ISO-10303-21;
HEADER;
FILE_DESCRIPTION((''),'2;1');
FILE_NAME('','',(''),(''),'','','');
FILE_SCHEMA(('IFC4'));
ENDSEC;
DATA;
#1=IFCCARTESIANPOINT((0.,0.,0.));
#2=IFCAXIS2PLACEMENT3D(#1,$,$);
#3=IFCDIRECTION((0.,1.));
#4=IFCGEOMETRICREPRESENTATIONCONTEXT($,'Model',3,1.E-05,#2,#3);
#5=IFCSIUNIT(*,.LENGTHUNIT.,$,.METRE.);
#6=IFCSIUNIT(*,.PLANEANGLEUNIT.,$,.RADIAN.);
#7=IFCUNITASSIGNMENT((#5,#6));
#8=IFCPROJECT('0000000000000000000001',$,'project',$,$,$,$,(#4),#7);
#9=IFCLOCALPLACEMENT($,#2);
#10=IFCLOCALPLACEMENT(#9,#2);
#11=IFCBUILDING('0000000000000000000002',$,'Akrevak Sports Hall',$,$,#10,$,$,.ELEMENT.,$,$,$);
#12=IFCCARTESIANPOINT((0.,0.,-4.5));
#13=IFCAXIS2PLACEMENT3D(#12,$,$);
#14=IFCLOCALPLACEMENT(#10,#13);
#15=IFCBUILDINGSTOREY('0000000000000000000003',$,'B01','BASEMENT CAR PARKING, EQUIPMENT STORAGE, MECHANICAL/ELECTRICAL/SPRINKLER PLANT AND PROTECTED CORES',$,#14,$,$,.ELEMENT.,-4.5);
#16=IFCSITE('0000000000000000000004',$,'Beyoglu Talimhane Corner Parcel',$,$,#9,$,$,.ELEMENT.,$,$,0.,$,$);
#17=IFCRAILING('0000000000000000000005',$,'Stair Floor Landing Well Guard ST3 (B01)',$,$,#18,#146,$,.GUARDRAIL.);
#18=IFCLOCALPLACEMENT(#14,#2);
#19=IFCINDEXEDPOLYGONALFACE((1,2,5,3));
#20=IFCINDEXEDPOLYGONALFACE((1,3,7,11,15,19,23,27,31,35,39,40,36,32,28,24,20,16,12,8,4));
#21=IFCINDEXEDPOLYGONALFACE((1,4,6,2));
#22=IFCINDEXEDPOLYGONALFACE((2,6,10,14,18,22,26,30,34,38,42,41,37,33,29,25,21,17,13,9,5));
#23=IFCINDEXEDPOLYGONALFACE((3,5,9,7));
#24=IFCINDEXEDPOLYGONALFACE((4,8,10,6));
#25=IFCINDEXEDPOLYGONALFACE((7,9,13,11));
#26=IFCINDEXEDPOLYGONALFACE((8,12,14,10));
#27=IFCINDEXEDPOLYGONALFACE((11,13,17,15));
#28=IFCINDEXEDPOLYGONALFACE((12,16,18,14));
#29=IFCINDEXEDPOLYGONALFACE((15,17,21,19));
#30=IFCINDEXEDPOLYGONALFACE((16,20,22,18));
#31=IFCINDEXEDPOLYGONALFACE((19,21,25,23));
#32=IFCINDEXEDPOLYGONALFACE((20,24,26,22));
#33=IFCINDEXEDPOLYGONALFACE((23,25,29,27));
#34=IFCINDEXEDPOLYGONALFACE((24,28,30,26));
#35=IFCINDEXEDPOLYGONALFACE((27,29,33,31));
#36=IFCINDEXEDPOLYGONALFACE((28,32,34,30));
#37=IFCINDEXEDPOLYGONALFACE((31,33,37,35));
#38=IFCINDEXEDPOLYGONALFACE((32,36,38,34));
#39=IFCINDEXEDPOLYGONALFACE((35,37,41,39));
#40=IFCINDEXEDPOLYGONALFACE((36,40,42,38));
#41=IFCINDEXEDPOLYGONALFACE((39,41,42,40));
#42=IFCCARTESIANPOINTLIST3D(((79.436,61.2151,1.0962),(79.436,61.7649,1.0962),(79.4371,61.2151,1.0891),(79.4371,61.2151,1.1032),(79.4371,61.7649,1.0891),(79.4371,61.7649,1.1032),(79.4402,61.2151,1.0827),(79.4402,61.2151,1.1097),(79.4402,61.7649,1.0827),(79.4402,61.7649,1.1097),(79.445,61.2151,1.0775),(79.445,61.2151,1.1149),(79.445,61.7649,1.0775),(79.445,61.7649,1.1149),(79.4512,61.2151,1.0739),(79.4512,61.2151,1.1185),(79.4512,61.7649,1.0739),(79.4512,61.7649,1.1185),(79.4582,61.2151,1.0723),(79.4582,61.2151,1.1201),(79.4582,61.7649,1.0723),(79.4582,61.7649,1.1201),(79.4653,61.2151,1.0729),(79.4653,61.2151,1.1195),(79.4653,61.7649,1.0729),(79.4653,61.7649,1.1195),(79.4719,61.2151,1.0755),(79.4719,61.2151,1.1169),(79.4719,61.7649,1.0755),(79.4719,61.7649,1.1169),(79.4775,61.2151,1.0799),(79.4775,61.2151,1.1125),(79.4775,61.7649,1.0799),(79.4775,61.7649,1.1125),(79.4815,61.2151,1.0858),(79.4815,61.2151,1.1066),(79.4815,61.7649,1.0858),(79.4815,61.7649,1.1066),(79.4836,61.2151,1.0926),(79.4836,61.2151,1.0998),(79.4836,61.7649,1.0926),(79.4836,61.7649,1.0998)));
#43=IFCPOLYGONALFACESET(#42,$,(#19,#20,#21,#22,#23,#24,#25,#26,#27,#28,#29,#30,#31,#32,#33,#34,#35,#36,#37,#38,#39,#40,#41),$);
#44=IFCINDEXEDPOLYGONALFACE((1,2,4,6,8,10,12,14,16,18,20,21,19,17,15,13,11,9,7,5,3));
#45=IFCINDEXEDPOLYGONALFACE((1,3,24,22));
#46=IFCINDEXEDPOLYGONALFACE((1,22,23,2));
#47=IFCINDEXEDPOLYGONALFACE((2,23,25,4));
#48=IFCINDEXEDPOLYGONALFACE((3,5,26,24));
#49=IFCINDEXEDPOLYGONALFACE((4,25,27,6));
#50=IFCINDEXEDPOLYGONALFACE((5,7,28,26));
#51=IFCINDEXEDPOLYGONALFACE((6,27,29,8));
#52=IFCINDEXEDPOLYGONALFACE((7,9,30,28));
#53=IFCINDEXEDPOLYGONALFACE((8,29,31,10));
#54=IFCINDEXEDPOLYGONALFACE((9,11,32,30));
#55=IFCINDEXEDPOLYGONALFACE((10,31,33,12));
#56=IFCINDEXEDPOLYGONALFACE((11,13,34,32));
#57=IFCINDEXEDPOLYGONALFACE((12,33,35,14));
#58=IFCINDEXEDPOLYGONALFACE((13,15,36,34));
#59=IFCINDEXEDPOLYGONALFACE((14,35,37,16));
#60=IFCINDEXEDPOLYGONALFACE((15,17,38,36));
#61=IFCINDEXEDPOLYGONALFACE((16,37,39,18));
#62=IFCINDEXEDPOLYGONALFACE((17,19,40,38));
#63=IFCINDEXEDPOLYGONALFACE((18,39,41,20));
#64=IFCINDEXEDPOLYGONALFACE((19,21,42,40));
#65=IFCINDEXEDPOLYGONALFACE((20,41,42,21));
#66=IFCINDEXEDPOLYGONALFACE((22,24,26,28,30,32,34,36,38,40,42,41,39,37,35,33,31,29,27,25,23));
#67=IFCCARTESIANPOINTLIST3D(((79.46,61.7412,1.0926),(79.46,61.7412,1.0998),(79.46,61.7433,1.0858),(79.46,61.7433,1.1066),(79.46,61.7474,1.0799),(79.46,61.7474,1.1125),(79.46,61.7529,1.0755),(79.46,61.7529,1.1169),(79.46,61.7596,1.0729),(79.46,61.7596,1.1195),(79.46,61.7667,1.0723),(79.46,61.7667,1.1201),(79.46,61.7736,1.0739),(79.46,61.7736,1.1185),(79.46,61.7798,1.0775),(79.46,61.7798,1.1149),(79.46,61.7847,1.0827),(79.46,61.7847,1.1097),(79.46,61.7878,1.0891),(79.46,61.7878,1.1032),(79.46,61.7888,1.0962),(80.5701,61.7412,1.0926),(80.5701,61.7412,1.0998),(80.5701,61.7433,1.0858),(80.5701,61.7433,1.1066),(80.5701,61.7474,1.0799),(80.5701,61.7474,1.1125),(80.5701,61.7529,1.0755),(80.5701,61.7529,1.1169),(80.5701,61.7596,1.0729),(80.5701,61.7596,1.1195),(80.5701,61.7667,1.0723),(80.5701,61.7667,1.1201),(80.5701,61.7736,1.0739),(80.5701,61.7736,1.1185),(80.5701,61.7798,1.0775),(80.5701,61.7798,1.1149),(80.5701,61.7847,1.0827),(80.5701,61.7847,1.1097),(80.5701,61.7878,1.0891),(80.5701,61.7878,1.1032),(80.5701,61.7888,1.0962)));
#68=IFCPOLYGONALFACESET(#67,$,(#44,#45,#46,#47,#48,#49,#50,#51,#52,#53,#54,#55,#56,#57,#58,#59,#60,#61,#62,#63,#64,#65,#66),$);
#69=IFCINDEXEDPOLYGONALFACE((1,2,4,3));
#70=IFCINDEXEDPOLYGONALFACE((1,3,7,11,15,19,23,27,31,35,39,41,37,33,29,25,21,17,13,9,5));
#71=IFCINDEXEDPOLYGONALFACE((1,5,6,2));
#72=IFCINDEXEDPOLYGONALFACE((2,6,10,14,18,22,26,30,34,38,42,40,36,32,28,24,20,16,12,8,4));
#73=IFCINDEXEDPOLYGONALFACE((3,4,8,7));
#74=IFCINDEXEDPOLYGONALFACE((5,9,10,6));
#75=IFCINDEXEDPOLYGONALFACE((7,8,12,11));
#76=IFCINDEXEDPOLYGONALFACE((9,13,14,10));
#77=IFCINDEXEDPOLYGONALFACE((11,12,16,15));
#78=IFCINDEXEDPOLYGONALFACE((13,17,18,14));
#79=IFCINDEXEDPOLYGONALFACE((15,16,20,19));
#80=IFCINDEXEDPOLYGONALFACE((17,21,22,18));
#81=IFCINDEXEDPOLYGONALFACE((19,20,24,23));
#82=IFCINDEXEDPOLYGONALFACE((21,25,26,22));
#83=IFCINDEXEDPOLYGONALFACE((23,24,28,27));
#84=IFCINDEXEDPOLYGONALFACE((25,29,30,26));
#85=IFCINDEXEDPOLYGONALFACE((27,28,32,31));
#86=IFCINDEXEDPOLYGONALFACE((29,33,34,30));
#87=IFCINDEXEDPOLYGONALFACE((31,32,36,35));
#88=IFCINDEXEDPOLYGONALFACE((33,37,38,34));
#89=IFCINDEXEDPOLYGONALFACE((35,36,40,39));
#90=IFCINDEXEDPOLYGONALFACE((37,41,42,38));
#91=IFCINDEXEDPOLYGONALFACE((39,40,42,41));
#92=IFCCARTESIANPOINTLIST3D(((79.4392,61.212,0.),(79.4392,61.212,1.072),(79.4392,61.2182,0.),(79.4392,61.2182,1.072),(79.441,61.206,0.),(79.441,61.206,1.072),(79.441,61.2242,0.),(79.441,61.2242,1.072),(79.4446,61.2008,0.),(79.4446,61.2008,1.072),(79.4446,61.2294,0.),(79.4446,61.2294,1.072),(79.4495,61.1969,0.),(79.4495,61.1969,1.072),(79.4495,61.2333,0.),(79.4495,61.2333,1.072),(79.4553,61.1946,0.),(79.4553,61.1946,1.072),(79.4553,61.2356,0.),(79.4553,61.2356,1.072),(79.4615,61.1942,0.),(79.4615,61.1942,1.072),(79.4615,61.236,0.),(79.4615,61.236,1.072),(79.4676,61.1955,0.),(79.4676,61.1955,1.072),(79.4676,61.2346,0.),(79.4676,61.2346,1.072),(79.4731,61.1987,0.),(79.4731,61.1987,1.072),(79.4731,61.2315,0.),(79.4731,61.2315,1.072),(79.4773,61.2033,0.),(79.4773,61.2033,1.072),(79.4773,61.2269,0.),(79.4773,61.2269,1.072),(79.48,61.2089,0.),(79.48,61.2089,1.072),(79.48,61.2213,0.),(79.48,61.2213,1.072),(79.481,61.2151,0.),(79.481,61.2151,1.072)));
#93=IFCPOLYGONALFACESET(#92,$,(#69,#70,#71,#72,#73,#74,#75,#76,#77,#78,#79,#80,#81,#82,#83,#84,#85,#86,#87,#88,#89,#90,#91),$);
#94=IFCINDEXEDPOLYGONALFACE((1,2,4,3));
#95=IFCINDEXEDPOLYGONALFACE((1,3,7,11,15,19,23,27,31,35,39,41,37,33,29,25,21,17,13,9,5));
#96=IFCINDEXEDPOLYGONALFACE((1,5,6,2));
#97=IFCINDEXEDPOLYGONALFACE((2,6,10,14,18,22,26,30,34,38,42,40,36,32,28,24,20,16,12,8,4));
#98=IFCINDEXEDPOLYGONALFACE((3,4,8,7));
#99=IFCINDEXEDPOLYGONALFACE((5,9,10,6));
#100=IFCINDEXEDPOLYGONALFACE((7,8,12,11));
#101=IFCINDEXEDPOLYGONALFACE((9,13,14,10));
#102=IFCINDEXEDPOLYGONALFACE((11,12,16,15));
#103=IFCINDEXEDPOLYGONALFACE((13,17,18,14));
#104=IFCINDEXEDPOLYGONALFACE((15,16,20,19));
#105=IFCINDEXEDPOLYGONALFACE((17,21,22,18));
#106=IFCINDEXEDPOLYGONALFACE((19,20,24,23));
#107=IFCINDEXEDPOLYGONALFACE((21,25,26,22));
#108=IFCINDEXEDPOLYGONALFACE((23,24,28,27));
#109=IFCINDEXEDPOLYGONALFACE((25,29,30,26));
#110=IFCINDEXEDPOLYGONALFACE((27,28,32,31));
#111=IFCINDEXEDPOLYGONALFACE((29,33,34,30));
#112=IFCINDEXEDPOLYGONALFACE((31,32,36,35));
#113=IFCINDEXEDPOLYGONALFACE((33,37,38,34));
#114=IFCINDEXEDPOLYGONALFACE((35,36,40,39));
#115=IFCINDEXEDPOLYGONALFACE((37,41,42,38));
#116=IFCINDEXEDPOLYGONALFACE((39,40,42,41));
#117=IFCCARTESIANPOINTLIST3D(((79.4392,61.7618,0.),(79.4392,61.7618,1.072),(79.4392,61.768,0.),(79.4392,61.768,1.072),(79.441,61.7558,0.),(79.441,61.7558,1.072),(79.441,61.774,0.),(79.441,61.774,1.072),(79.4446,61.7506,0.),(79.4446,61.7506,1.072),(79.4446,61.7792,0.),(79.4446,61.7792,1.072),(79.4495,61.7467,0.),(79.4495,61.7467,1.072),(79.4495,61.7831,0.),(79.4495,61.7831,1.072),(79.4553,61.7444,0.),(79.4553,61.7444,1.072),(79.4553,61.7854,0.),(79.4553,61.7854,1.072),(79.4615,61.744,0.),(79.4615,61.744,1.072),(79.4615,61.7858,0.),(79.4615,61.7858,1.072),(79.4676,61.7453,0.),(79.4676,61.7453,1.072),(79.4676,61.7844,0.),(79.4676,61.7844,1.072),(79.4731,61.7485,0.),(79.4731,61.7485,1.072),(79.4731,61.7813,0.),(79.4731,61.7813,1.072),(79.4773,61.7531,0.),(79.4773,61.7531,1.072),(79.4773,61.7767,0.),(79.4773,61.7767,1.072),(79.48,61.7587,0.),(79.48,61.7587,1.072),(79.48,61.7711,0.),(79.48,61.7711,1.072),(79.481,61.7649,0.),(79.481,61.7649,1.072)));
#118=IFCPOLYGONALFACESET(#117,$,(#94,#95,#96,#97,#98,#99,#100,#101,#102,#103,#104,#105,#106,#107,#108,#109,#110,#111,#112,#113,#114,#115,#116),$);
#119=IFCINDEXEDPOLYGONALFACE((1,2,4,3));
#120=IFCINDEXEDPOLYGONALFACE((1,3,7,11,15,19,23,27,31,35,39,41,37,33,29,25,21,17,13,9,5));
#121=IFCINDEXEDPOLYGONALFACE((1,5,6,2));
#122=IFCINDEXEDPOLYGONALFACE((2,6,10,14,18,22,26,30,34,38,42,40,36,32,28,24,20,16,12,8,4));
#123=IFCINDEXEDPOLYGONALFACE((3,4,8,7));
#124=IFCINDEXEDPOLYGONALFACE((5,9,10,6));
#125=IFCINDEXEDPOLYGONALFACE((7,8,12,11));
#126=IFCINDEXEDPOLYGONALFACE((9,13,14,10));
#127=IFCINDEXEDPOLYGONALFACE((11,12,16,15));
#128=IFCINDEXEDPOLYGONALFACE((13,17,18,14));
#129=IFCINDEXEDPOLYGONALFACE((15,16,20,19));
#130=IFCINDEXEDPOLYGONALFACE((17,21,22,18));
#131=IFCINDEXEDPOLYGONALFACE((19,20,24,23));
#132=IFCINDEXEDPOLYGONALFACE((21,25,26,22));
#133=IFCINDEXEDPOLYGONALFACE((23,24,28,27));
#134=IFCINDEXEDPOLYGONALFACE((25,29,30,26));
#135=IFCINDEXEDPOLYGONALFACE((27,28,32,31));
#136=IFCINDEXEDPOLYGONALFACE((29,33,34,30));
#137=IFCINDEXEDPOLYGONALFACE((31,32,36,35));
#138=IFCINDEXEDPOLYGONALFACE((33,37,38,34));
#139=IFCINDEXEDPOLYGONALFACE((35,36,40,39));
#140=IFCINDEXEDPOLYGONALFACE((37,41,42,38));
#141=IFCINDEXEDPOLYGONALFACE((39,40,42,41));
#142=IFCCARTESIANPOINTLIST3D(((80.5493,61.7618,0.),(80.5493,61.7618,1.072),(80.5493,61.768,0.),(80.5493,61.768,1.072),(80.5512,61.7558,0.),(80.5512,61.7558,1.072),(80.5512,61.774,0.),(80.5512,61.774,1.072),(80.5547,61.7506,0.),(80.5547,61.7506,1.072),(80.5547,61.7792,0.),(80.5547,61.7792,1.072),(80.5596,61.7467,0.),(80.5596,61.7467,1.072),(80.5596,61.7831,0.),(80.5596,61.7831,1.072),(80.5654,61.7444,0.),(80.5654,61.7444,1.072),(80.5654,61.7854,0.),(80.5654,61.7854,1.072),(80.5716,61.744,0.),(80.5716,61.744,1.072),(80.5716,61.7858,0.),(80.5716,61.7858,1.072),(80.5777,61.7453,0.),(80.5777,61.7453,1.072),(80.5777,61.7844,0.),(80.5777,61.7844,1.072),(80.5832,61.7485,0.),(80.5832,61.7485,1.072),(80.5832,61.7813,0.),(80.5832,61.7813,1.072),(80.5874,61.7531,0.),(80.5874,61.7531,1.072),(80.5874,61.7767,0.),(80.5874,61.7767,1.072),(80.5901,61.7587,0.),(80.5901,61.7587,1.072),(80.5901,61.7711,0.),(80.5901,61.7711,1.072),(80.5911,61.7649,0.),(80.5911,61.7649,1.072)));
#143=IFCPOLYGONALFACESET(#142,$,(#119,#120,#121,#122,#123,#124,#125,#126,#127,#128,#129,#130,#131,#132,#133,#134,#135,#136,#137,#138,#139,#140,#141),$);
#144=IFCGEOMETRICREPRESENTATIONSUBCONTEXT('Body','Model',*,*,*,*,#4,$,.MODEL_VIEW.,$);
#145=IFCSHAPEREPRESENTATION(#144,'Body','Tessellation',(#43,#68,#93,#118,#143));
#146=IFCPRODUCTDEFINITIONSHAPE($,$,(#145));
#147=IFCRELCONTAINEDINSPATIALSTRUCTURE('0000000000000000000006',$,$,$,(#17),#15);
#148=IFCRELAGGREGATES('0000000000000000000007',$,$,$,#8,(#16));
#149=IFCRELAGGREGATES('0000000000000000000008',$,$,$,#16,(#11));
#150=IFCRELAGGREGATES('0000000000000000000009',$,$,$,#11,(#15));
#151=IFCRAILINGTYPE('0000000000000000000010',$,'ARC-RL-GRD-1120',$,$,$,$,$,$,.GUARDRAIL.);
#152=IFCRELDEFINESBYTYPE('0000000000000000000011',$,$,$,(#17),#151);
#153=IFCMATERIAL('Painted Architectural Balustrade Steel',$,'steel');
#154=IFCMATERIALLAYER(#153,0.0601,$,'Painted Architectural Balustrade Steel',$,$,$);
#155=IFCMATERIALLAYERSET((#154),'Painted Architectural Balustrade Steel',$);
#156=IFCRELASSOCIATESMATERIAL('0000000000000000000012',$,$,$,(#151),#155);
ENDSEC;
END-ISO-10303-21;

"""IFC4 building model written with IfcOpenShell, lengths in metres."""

from ifc_helpers import new_model, si_unit, direction, frame, origin, origin_2d, place, context, subcontext, project, spatial, circle, extrude, material, layer, layer_set, type_object, element, save


model = new_model("IFC4")

# Units and contexts
model_context = context("Model", 3, precision=1e-05, world=origin(), true_north=direction((0.0, 1.0)))
body_context = subcontext(model_context, "Body", "Model", "MODEL_VIEW")
ifc_project = project(units=[si_unit("LENGTHUNIT", "METRE"), si_unit("PLANEANGLEUNIT", "RADIAN")], contexts=[model_context])

# Site, building, storey
site_placement = place(None, origin())
site = spatial("IfcSite", under=ifc_project, at=site_placement, Name="Beyoglu Talimhane Corner Parcel", CompositionType="ELEMENT", RefElevation=0.0)
building_placement = place(site_placement, origin())
building = spatial("IfcBuilding", under=site, at=building_placement, Name="Akrevak Sports Hall", CompositionType="ELEMENT")
storey_placement = place(building_placement, frame((0.0, 0.0, -4.5)))
storey = spatial("IfcBuildingStorey", under=building, at=storey_placement, Name="B01", Description="BASEMENT CAR PARKING, EQUIPMENT STORAGE, MECHANICAL/ELECTRICAL/SPRINKLER PLANT AND PROTECTED CORES", CompositionType="ELEMENT", Elevation=-4.5)

# Railing
ifc_material_1 = material(Name="Painted Architectural Balustrade Steel", Category="steel")
ifc_layer_1 = layer(ifc_material_1, 0.0601, Name="Painted Architectural Balustrade Steel")
ifc_layer_set_1 = layer_set([ifc_layer_1], Name="Painted Architectural Balustrade Steel")
railing_type_1 = type_object("IfcRailingType", Name="ARC-RL-GRD-1120", PredefinedType="GUARDRAIL", material=ifc_layer_set_1)
railing_1_placement = place(storey_placement, frame((79.46, 61.2151, 0.0)))
element("IfcRailing", 1, at=railing_1_placement, inside=storey, type_object=railing_type_1, Name="Stair Floor Landing Well Guard ST3 (B01)", PredefinedType="GUARDRAIL", context=body_context, shape_type="SweptSolid", body=[
    extrude(circle(Radius=0.0239, at=origin_2d()), frame((0.0, 0.0, 1.0962), z_axis=(0.0, 1.0, 0.0), x_axis=(-1.0, 0.0, 0.0)), (0.0, 0.0, 1.0), 0.5498),
    extrude(circle(Radius=0.0239, at=origin_2d()), frame((0.0, 0.5498, 1.0962), z_axis=(1.0, 0.0, 0.0), x_axis=(0.0, 1.0, 0.0)), (0.0, 0.0, 1.0), 1.1101),
    extrude(circle(Radius=0.021, at=origin_2d()), origin(), (0.0, 0.0, 1.0), 1.072),
    extrude(circle(Radius=0.021, at=origin_2d()), frame((0.0, 0.5498, 0.0)), (0.0, 0.0, 1.0), 1.072),
    extrude(circle(Radius=0.021, at=origin_2d()), frame((1.1101, 0.5498, 0.0)), (0.0, 0.0, 1.0), 1.072),
])

save(model, "model.ifc")
